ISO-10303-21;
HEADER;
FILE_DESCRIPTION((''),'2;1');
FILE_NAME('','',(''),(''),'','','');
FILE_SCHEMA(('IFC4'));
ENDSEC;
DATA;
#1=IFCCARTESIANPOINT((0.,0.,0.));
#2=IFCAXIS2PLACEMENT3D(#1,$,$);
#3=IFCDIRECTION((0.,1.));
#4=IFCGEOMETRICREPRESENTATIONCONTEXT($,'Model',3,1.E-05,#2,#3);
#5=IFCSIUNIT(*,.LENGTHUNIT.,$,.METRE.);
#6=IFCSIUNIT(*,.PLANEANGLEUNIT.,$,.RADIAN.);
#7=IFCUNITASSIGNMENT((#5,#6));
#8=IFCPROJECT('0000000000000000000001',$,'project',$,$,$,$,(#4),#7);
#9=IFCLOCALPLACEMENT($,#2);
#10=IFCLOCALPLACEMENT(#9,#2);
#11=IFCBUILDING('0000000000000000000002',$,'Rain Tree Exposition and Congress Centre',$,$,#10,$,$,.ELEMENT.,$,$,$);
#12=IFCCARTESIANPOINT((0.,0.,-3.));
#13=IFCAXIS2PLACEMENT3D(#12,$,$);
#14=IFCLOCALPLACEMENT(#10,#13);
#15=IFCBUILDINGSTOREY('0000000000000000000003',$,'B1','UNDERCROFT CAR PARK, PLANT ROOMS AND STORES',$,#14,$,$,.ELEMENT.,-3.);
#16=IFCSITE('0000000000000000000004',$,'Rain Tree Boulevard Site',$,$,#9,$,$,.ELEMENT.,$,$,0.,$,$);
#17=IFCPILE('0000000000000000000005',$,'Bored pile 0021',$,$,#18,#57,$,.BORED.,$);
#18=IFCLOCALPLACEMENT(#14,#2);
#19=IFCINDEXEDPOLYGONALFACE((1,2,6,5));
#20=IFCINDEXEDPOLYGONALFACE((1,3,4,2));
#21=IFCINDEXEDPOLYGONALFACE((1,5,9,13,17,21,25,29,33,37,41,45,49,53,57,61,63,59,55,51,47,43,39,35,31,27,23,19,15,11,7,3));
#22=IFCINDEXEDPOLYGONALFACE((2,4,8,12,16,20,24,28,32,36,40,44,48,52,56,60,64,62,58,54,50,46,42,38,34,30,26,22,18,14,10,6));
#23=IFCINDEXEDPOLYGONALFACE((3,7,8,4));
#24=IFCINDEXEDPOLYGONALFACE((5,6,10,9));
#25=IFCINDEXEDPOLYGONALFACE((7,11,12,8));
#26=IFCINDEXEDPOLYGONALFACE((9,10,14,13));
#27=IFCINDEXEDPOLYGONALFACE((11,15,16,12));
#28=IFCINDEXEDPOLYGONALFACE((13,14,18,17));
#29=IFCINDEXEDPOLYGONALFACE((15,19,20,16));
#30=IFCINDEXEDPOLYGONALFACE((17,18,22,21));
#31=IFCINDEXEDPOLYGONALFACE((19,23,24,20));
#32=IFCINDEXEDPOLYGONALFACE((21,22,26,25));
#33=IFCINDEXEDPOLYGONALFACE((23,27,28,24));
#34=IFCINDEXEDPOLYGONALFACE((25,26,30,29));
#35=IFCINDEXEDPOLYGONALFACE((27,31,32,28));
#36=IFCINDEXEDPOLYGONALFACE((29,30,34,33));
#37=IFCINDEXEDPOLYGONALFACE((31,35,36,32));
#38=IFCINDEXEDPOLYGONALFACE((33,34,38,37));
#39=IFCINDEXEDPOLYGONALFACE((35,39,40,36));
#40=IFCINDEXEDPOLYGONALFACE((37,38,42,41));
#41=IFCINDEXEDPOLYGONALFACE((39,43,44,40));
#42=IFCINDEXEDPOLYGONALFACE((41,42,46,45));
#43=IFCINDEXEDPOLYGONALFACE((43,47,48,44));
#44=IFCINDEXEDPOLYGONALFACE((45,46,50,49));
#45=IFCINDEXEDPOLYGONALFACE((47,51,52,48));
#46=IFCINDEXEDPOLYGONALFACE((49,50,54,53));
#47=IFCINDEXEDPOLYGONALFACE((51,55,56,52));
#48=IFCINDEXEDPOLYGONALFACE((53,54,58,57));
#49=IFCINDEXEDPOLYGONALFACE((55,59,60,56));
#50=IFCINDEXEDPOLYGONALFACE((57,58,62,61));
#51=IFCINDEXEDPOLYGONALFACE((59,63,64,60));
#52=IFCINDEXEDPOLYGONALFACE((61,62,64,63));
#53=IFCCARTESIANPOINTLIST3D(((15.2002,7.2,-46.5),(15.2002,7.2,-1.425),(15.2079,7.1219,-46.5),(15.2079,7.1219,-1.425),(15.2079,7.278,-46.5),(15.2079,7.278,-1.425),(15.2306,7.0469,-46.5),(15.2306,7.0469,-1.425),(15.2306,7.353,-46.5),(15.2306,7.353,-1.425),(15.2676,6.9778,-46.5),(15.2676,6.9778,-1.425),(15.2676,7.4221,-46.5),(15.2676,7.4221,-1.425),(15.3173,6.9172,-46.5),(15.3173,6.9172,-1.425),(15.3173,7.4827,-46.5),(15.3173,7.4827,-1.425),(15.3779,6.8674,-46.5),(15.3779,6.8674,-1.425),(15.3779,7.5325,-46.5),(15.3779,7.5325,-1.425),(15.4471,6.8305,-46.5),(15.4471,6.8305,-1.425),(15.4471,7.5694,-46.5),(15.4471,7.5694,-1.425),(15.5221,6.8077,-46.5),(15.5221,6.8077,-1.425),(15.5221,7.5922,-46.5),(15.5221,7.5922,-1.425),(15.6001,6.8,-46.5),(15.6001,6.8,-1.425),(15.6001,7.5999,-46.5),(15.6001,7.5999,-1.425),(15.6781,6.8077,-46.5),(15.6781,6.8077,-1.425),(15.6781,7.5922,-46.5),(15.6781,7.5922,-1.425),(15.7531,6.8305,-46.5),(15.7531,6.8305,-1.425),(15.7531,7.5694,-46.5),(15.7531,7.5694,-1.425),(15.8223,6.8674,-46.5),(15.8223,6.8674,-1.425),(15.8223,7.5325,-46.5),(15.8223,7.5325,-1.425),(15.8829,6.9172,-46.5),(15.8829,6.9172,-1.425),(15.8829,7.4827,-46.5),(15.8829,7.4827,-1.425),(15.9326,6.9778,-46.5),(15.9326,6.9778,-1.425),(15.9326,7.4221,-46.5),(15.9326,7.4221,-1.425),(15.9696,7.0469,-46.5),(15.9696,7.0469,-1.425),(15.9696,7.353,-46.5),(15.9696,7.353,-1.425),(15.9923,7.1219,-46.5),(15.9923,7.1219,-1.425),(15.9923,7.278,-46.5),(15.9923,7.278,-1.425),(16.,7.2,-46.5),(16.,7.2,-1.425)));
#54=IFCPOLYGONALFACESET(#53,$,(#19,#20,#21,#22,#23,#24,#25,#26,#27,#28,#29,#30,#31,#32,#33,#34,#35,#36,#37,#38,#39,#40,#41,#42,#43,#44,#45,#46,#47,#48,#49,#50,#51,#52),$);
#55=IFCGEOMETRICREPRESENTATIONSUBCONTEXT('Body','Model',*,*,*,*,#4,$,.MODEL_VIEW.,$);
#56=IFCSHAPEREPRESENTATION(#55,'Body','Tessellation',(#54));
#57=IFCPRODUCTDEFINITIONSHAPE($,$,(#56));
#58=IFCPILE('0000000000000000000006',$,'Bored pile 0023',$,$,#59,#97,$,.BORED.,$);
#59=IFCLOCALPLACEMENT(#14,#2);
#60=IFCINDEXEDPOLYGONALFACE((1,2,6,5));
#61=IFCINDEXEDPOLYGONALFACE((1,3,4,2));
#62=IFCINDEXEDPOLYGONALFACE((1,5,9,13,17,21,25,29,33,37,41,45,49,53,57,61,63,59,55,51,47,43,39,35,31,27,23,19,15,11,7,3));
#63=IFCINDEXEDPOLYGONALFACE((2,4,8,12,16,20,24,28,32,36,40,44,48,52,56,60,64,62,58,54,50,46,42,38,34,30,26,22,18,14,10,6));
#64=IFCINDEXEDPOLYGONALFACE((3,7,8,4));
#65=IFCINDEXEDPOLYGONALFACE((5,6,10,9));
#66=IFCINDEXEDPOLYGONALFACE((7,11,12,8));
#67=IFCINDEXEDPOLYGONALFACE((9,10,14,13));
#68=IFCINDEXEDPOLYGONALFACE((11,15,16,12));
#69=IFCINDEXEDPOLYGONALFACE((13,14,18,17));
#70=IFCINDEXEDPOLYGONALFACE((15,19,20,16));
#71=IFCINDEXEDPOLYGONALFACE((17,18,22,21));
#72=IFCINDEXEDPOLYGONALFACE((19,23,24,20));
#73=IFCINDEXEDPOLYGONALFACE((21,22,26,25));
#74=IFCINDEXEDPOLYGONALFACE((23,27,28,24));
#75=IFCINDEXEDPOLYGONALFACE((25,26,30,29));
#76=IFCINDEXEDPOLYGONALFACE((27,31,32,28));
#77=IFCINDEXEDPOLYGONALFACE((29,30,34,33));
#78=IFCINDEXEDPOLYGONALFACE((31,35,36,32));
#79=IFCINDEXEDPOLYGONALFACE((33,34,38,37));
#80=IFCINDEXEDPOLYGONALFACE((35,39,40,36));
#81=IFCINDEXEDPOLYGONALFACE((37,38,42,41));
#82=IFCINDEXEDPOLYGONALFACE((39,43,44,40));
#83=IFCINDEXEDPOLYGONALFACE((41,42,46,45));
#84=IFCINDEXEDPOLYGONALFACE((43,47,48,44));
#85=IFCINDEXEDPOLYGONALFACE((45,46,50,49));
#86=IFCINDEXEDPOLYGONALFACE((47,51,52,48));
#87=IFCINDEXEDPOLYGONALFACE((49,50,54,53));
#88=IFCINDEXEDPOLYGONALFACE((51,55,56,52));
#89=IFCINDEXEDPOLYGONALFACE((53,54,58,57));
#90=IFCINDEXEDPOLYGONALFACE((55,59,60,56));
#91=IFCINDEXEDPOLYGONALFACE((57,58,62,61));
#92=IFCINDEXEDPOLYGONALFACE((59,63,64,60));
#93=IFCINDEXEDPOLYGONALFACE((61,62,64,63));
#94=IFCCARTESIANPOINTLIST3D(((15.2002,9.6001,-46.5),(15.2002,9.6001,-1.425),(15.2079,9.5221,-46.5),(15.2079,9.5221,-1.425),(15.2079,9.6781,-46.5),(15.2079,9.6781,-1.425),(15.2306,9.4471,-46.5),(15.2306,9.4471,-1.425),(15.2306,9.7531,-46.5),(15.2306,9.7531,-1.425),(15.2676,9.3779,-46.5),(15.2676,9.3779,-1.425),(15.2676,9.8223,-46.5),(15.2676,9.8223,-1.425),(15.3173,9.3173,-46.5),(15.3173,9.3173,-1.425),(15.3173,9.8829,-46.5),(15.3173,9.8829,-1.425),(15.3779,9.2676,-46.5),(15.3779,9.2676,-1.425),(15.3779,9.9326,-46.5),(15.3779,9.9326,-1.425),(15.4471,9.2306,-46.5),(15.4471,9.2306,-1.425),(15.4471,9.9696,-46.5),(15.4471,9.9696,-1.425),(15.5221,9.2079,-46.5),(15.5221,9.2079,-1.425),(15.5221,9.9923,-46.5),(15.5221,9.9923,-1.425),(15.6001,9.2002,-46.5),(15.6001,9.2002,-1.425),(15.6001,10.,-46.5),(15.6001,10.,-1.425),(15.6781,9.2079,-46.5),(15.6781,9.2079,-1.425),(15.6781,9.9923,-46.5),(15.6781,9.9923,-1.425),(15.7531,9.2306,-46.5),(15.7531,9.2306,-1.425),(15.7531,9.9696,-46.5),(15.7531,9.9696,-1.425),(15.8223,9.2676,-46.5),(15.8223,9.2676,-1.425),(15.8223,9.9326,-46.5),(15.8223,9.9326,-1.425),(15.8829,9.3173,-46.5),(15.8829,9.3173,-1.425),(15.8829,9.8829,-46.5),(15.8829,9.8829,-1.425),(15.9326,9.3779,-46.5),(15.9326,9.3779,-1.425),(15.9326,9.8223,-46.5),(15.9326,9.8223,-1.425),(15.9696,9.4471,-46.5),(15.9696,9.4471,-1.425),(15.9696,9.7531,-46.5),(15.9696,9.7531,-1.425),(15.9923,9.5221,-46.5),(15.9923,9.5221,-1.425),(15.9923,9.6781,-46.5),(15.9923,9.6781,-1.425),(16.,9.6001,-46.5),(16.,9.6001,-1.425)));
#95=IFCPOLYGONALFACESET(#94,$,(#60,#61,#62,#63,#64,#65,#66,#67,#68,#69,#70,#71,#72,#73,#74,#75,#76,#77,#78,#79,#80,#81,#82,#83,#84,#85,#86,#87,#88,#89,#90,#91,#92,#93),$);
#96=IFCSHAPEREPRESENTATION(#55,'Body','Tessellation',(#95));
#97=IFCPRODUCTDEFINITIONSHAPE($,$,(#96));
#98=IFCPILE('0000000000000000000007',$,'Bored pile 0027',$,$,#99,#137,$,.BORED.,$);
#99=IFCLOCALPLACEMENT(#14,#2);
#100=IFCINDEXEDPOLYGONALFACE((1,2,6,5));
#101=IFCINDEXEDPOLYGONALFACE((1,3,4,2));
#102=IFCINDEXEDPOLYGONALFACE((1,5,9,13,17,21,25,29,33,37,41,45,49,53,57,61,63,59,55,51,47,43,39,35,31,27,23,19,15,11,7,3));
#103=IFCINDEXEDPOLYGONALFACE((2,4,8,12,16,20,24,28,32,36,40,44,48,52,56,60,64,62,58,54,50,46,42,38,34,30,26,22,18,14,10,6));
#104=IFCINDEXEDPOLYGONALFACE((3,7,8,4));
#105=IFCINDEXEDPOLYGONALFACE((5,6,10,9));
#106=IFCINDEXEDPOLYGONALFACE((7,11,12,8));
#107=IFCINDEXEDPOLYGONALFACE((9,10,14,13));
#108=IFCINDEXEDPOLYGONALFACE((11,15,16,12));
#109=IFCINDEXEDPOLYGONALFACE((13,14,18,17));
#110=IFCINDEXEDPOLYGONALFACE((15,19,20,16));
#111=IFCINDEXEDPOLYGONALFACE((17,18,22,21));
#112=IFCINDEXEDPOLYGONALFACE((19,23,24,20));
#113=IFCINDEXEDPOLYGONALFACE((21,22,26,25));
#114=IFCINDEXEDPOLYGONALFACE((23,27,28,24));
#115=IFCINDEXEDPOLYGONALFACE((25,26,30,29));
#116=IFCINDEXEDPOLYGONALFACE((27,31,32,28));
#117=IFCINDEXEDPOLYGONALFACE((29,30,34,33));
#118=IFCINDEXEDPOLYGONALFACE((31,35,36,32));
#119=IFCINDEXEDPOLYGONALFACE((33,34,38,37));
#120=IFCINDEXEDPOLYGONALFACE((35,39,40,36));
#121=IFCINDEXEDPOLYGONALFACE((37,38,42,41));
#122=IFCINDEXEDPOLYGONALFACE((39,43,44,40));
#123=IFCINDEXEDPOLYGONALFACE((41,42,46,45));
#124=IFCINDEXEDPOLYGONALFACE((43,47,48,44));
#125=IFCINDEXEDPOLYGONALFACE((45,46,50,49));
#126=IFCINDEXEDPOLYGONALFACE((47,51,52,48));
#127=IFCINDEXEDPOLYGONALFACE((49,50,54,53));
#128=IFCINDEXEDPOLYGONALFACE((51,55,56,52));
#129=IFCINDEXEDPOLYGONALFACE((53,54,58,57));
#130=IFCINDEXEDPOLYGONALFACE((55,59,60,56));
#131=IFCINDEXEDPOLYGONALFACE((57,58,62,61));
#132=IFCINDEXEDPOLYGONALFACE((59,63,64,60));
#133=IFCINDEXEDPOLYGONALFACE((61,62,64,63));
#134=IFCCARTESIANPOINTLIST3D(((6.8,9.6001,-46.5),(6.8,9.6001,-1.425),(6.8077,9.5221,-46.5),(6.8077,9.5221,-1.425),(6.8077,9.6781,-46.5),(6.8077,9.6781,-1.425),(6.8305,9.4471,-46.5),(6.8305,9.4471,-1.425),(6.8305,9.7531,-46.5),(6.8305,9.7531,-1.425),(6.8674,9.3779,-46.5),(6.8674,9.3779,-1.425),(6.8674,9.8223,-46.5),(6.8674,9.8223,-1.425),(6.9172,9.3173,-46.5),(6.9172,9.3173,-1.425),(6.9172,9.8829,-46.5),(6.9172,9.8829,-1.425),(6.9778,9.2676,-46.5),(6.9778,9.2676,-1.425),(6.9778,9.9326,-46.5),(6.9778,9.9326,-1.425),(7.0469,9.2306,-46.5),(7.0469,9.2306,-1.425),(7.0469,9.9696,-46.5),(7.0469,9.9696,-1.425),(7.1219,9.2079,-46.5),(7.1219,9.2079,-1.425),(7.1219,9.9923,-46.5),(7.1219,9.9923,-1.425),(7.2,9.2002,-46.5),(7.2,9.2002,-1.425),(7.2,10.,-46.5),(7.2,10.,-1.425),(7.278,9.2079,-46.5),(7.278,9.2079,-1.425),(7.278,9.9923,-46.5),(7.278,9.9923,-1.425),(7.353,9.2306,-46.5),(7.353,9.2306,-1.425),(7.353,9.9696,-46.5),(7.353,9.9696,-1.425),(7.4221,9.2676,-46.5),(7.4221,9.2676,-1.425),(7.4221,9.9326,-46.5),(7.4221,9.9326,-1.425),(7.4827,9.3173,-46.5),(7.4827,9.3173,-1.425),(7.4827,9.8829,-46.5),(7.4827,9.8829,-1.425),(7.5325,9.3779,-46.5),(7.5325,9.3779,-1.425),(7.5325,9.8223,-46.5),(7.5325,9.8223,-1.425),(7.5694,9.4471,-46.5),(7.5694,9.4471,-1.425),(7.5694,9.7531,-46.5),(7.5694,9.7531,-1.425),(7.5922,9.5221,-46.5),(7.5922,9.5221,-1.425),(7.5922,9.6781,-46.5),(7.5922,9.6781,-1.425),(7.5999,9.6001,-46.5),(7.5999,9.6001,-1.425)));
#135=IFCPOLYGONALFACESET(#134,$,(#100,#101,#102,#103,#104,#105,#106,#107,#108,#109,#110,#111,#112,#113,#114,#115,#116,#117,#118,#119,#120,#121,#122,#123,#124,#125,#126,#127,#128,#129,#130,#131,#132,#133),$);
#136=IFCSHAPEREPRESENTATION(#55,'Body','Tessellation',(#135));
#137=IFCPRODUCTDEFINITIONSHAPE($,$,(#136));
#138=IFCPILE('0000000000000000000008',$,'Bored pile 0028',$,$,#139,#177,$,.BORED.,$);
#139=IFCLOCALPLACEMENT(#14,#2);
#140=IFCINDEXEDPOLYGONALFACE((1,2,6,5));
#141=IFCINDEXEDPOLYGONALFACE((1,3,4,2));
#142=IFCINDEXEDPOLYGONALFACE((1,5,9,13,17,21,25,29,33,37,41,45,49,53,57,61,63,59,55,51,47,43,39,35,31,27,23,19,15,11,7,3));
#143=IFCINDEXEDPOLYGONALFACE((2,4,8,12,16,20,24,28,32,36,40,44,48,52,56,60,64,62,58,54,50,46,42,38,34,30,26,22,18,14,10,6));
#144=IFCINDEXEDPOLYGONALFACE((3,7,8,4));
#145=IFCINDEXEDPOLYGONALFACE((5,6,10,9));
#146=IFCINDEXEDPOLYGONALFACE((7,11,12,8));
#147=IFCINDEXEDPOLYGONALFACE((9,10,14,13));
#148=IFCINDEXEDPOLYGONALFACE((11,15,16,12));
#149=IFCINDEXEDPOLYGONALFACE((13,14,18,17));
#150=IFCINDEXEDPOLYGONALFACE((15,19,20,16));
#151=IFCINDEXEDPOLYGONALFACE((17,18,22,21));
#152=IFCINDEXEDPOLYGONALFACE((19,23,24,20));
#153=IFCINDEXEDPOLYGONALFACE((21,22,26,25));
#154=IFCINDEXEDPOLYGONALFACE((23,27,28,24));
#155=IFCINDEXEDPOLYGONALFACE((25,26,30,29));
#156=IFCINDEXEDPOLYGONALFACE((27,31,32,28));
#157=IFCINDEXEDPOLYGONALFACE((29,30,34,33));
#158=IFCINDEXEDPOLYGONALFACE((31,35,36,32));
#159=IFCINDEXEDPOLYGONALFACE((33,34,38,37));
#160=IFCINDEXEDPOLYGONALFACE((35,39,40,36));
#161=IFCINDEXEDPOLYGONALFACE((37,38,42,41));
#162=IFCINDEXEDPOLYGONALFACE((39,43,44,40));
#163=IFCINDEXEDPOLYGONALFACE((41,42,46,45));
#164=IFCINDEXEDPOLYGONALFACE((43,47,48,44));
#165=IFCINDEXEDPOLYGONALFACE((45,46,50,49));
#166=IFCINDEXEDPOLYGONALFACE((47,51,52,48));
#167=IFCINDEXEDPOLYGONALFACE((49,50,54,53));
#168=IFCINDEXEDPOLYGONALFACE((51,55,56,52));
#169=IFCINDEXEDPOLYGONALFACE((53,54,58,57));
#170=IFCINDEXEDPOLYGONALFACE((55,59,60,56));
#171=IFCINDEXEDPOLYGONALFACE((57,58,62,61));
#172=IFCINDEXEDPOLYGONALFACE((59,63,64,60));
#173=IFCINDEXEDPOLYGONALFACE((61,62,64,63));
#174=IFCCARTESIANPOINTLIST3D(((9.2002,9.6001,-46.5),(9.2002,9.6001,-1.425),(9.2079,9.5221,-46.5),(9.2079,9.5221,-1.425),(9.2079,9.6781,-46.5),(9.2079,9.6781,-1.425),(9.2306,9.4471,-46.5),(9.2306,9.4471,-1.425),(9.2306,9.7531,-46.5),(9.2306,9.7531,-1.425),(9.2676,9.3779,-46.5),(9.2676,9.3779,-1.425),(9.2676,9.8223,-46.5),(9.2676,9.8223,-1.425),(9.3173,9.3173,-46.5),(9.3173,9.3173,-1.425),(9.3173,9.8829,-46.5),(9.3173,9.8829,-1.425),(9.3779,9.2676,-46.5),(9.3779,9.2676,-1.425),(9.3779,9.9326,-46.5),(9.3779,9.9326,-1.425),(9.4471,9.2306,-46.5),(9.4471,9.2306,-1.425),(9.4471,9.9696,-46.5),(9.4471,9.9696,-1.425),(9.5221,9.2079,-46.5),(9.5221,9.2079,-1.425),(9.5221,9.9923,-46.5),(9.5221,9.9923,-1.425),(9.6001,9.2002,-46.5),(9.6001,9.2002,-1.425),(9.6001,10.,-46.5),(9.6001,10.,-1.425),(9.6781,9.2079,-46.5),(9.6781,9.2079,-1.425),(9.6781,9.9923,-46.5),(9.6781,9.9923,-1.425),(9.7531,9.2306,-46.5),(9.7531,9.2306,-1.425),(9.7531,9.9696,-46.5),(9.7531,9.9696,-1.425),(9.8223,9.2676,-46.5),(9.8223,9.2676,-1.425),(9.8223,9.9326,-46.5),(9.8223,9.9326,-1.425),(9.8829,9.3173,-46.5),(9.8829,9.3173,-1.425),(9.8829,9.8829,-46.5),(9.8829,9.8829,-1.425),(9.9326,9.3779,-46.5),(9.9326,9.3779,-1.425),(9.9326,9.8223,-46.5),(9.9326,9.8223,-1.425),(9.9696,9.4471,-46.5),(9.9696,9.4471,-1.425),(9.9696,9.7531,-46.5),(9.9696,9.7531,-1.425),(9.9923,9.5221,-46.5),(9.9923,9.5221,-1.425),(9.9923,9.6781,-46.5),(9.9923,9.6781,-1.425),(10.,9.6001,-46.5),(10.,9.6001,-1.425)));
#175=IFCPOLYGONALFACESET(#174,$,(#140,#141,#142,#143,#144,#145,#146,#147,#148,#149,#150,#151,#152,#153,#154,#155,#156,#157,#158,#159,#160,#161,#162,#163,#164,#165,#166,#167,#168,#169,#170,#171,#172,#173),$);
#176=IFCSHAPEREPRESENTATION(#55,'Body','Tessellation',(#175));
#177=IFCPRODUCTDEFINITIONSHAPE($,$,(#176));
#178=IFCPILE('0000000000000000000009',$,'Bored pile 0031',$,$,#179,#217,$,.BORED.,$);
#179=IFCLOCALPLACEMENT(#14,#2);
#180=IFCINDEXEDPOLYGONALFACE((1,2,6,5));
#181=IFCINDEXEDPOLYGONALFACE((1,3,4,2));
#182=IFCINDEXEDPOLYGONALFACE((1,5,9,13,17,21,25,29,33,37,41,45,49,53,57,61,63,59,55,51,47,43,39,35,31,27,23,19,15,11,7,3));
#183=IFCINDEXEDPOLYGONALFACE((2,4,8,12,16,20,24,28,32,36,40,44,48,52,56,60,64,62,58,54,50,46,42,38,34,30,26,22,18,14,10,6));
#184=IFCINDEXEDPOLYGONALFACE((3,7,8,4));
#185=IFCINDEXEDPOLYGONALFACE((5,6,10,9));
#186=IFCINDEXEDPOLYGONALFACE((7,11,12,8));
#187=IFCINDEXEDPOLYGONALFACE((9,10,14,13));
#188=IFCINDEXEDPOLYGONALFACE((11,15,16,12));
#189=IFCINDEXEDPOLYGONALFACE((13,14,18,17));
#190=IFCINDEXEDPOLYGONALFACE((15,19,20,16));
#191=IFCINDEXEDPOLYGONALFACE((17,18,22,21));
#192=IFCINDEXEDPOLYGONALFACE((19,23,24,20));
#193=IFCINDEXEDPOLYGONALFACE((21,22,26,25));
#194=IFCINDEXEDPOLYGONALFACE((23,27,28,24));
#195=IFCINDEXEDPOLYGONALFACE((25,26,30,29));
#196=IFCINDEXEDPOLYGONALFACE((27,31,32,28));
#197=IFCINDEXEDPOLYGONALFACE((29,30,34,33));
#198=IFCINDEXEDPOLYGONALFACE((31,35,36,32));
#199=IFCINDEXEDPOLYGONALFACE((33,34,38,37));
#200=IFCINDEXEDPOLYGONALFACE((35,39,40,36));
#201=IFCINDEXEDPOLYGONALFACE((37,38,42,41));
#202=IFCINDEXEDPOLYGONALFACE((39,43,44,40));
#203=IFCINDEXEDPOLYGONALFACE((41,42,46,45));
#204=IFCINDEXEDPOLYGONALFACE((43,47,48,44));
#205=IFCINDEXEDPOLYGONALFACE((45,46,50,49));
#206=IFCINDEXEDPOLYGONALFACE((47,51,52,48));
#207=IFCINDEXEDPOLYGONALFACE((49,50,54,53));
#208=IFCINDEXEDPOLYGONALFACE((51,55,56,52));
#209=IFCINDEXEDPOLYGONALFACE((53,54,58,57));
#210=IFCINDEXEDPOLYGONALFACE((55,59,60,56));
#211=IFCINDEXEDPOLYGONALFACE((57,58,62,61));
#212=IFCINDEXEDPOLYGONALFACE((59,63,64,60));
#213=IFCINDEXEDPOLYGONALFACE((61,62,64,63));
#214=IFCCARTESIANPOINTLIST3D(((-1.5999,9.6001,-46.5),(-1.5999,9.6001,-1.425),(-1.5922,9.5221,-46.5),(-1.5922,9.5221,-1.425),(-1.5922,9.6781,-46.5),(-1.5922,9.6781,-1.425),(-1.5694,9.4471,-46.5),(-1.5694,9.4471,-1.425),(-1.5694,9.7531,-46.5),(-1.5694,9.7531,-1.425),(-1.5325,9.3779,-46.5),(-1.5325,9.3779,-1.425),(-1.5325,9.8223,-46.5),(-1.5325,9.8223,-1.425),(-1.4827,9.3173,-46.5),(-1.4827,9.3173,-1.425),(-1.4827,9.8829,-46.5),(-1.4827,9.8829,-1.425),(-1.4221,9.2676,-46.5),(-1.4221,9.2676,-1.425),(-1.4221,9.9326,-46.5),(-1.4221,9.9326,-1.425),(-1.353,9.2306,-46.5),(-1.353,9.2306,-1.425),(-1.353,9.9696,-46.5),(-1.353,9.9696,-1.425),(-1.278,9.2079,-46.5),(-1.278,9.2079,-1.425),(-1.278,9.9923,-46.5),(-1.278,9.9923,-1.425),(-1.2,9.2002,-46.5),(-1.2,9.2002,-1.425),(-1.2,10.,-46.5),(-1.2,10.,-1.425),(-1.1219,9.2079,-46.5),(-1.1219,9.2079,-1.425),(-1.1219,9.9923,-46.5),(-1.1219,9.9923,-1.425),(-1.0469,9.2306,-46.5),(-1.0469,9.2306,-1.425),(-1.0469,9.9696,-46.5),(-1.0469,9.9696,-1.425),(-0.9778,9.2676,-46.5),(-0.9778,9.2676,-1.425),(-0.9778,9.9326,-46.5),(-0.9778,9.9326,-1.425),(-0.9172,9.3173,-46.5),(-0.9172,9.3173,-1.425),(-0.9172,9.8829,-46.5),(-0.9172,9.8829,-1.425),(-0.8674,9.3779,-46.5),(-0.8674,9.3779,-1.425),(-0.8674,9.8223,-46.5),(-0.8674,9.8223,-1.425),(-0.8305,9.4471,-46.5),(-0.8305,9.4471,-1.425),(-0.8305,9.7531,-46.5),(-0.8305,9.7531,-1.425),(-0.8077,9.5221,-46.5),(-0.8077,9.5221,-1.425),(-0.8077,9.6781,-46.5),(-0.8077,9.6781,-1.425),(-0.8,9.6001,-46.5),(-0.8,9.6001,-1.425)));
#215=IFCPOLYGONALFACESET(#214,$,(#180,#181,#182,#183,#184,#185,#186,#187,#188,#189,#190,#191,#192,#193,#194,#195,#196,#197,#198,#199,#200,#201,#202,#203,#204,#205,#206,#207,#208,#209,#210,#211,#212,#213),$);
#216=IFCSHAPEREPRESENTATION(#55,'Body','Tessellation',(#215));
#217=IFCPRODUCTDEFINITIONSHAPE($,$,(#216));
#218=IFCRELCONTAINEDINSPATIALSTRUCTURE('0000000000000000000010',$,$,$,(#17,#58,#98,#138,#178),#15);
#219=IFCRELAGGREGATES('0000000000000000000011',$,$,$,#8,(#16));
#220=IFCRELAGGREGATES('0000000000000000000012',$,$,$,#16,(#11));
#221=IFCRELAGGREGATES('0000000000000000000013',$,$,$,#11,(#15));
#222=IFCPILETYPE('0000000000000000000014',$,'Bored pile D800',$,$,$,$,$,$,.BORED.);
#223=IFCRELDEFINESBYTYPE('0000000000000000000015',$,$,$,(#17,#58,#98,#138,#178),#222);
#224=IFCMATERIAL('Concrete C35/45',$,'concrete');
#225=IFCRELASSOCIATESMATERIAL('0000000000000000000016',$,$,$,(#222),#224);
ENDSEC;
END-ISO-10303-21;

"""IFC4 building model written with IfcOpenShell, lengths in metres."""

from ifc_helpers import new_model, si_unit, direction, frame, origin, origin_2d, place, context, subcontext, project, spatial, circle, extrude, material, material_profile, profile_set, type_object, element, save


model = new_model("IFC4")

# Units and contexts
model_context = context("Model", 3, precision=1e-05, world=origin(), true_north=direction((0.0, 1.0)))
body_context = subcontext(model_context, "Body", "Model", "MODEL_VIEW")
ifc_project = project(units=[si_unit("LENGTHUNIT", "METRE"), si_unit("PLANEANGLEUNIT", "RADIAN")], contexts=[model_context])

# Site, building, storey
site_placement = place(None, origin())
site = spatial("IfcSite", under=ifc_project, at=site_placement, Name="Rain Tree Boulevard Site", CompositionType="ELEMENT", RefElevation=0.0)
building_placement = place(site_placement, origin())
building = spatial("IfcBuilding", under=site, at=building_placement, Name="Rain Tree Exposition and Congress Centre", CompositionType="ELEMENT")
storey_placement = place(building_placement, frame((0.0, 0.0, -3.0)))
storey = spatial("IfcBuildingStorey", under=building, at=storey_placement, Name="B1", Description="UNDERCROFT CAR PARK, PLANT ROOMS AND STORES", CompositionType="ELEMENT", Elevation=-3.0)

# Piles
ifc_material_1 = material(Name="Concrete C35/45", Category="concrete")
ifc_material_profile_1 = material_profile(ifc_material_1, circle(Radius=0.3999, at=origin_2d()), Name="D800")
ifc_profile_set_1 = profile_set([ifc_material_profile_1], Name="Concrete C35/45")
pile_type = type_object("IfcPileType", Name="Bored pile D800", PredefinedType="BORED", material=ifc_profile_set_1)
for number, where, z_axis, x_axis, name in (
    (1, (15.6001, 7.2, -1.425), (0.0, 0.0, -1.0), (1.0, 0.0, 0.0), "Bored pile 0021"),
    (2, (15.6001, 9.6001, -1.425), (0.0, 0.0, -1.0), (1.0, 0.0, 0.0), "Bored pile 0023"),
    (3, (7.2, 9.6001, -1.425), (0.0, 0.0, -1.0), (1.0, 0.0, 0.0), "Bored pile 0027"),
    (4, (9.6001, 9.6001, -1.425), (0.0, 0.0, -1.0), (1.0, 0.0, 0.0), "Bored pile 0028"),
    (5, (-1.2, 9.6001, -1.425), (0.0, 0.0, -1.0), (1.0, 0.0, 0.0), "Bored pile 0031"),
):
    element("IfcPile", number, at=place(storey_placement, frame(where, z_axis=z_axis, x_axis=x_axis)), inside=storey, type_object=pile_type, Name=name, PredefinedType="BORED", context=body_context, shape_type="SweptSolid", body=[
        extrude(circle(Radius=0.3999, at=origin_2d()), origin(), (0.0, 0.0, 1.0), 45.075),
    ])

save(model, "model.ifc")
